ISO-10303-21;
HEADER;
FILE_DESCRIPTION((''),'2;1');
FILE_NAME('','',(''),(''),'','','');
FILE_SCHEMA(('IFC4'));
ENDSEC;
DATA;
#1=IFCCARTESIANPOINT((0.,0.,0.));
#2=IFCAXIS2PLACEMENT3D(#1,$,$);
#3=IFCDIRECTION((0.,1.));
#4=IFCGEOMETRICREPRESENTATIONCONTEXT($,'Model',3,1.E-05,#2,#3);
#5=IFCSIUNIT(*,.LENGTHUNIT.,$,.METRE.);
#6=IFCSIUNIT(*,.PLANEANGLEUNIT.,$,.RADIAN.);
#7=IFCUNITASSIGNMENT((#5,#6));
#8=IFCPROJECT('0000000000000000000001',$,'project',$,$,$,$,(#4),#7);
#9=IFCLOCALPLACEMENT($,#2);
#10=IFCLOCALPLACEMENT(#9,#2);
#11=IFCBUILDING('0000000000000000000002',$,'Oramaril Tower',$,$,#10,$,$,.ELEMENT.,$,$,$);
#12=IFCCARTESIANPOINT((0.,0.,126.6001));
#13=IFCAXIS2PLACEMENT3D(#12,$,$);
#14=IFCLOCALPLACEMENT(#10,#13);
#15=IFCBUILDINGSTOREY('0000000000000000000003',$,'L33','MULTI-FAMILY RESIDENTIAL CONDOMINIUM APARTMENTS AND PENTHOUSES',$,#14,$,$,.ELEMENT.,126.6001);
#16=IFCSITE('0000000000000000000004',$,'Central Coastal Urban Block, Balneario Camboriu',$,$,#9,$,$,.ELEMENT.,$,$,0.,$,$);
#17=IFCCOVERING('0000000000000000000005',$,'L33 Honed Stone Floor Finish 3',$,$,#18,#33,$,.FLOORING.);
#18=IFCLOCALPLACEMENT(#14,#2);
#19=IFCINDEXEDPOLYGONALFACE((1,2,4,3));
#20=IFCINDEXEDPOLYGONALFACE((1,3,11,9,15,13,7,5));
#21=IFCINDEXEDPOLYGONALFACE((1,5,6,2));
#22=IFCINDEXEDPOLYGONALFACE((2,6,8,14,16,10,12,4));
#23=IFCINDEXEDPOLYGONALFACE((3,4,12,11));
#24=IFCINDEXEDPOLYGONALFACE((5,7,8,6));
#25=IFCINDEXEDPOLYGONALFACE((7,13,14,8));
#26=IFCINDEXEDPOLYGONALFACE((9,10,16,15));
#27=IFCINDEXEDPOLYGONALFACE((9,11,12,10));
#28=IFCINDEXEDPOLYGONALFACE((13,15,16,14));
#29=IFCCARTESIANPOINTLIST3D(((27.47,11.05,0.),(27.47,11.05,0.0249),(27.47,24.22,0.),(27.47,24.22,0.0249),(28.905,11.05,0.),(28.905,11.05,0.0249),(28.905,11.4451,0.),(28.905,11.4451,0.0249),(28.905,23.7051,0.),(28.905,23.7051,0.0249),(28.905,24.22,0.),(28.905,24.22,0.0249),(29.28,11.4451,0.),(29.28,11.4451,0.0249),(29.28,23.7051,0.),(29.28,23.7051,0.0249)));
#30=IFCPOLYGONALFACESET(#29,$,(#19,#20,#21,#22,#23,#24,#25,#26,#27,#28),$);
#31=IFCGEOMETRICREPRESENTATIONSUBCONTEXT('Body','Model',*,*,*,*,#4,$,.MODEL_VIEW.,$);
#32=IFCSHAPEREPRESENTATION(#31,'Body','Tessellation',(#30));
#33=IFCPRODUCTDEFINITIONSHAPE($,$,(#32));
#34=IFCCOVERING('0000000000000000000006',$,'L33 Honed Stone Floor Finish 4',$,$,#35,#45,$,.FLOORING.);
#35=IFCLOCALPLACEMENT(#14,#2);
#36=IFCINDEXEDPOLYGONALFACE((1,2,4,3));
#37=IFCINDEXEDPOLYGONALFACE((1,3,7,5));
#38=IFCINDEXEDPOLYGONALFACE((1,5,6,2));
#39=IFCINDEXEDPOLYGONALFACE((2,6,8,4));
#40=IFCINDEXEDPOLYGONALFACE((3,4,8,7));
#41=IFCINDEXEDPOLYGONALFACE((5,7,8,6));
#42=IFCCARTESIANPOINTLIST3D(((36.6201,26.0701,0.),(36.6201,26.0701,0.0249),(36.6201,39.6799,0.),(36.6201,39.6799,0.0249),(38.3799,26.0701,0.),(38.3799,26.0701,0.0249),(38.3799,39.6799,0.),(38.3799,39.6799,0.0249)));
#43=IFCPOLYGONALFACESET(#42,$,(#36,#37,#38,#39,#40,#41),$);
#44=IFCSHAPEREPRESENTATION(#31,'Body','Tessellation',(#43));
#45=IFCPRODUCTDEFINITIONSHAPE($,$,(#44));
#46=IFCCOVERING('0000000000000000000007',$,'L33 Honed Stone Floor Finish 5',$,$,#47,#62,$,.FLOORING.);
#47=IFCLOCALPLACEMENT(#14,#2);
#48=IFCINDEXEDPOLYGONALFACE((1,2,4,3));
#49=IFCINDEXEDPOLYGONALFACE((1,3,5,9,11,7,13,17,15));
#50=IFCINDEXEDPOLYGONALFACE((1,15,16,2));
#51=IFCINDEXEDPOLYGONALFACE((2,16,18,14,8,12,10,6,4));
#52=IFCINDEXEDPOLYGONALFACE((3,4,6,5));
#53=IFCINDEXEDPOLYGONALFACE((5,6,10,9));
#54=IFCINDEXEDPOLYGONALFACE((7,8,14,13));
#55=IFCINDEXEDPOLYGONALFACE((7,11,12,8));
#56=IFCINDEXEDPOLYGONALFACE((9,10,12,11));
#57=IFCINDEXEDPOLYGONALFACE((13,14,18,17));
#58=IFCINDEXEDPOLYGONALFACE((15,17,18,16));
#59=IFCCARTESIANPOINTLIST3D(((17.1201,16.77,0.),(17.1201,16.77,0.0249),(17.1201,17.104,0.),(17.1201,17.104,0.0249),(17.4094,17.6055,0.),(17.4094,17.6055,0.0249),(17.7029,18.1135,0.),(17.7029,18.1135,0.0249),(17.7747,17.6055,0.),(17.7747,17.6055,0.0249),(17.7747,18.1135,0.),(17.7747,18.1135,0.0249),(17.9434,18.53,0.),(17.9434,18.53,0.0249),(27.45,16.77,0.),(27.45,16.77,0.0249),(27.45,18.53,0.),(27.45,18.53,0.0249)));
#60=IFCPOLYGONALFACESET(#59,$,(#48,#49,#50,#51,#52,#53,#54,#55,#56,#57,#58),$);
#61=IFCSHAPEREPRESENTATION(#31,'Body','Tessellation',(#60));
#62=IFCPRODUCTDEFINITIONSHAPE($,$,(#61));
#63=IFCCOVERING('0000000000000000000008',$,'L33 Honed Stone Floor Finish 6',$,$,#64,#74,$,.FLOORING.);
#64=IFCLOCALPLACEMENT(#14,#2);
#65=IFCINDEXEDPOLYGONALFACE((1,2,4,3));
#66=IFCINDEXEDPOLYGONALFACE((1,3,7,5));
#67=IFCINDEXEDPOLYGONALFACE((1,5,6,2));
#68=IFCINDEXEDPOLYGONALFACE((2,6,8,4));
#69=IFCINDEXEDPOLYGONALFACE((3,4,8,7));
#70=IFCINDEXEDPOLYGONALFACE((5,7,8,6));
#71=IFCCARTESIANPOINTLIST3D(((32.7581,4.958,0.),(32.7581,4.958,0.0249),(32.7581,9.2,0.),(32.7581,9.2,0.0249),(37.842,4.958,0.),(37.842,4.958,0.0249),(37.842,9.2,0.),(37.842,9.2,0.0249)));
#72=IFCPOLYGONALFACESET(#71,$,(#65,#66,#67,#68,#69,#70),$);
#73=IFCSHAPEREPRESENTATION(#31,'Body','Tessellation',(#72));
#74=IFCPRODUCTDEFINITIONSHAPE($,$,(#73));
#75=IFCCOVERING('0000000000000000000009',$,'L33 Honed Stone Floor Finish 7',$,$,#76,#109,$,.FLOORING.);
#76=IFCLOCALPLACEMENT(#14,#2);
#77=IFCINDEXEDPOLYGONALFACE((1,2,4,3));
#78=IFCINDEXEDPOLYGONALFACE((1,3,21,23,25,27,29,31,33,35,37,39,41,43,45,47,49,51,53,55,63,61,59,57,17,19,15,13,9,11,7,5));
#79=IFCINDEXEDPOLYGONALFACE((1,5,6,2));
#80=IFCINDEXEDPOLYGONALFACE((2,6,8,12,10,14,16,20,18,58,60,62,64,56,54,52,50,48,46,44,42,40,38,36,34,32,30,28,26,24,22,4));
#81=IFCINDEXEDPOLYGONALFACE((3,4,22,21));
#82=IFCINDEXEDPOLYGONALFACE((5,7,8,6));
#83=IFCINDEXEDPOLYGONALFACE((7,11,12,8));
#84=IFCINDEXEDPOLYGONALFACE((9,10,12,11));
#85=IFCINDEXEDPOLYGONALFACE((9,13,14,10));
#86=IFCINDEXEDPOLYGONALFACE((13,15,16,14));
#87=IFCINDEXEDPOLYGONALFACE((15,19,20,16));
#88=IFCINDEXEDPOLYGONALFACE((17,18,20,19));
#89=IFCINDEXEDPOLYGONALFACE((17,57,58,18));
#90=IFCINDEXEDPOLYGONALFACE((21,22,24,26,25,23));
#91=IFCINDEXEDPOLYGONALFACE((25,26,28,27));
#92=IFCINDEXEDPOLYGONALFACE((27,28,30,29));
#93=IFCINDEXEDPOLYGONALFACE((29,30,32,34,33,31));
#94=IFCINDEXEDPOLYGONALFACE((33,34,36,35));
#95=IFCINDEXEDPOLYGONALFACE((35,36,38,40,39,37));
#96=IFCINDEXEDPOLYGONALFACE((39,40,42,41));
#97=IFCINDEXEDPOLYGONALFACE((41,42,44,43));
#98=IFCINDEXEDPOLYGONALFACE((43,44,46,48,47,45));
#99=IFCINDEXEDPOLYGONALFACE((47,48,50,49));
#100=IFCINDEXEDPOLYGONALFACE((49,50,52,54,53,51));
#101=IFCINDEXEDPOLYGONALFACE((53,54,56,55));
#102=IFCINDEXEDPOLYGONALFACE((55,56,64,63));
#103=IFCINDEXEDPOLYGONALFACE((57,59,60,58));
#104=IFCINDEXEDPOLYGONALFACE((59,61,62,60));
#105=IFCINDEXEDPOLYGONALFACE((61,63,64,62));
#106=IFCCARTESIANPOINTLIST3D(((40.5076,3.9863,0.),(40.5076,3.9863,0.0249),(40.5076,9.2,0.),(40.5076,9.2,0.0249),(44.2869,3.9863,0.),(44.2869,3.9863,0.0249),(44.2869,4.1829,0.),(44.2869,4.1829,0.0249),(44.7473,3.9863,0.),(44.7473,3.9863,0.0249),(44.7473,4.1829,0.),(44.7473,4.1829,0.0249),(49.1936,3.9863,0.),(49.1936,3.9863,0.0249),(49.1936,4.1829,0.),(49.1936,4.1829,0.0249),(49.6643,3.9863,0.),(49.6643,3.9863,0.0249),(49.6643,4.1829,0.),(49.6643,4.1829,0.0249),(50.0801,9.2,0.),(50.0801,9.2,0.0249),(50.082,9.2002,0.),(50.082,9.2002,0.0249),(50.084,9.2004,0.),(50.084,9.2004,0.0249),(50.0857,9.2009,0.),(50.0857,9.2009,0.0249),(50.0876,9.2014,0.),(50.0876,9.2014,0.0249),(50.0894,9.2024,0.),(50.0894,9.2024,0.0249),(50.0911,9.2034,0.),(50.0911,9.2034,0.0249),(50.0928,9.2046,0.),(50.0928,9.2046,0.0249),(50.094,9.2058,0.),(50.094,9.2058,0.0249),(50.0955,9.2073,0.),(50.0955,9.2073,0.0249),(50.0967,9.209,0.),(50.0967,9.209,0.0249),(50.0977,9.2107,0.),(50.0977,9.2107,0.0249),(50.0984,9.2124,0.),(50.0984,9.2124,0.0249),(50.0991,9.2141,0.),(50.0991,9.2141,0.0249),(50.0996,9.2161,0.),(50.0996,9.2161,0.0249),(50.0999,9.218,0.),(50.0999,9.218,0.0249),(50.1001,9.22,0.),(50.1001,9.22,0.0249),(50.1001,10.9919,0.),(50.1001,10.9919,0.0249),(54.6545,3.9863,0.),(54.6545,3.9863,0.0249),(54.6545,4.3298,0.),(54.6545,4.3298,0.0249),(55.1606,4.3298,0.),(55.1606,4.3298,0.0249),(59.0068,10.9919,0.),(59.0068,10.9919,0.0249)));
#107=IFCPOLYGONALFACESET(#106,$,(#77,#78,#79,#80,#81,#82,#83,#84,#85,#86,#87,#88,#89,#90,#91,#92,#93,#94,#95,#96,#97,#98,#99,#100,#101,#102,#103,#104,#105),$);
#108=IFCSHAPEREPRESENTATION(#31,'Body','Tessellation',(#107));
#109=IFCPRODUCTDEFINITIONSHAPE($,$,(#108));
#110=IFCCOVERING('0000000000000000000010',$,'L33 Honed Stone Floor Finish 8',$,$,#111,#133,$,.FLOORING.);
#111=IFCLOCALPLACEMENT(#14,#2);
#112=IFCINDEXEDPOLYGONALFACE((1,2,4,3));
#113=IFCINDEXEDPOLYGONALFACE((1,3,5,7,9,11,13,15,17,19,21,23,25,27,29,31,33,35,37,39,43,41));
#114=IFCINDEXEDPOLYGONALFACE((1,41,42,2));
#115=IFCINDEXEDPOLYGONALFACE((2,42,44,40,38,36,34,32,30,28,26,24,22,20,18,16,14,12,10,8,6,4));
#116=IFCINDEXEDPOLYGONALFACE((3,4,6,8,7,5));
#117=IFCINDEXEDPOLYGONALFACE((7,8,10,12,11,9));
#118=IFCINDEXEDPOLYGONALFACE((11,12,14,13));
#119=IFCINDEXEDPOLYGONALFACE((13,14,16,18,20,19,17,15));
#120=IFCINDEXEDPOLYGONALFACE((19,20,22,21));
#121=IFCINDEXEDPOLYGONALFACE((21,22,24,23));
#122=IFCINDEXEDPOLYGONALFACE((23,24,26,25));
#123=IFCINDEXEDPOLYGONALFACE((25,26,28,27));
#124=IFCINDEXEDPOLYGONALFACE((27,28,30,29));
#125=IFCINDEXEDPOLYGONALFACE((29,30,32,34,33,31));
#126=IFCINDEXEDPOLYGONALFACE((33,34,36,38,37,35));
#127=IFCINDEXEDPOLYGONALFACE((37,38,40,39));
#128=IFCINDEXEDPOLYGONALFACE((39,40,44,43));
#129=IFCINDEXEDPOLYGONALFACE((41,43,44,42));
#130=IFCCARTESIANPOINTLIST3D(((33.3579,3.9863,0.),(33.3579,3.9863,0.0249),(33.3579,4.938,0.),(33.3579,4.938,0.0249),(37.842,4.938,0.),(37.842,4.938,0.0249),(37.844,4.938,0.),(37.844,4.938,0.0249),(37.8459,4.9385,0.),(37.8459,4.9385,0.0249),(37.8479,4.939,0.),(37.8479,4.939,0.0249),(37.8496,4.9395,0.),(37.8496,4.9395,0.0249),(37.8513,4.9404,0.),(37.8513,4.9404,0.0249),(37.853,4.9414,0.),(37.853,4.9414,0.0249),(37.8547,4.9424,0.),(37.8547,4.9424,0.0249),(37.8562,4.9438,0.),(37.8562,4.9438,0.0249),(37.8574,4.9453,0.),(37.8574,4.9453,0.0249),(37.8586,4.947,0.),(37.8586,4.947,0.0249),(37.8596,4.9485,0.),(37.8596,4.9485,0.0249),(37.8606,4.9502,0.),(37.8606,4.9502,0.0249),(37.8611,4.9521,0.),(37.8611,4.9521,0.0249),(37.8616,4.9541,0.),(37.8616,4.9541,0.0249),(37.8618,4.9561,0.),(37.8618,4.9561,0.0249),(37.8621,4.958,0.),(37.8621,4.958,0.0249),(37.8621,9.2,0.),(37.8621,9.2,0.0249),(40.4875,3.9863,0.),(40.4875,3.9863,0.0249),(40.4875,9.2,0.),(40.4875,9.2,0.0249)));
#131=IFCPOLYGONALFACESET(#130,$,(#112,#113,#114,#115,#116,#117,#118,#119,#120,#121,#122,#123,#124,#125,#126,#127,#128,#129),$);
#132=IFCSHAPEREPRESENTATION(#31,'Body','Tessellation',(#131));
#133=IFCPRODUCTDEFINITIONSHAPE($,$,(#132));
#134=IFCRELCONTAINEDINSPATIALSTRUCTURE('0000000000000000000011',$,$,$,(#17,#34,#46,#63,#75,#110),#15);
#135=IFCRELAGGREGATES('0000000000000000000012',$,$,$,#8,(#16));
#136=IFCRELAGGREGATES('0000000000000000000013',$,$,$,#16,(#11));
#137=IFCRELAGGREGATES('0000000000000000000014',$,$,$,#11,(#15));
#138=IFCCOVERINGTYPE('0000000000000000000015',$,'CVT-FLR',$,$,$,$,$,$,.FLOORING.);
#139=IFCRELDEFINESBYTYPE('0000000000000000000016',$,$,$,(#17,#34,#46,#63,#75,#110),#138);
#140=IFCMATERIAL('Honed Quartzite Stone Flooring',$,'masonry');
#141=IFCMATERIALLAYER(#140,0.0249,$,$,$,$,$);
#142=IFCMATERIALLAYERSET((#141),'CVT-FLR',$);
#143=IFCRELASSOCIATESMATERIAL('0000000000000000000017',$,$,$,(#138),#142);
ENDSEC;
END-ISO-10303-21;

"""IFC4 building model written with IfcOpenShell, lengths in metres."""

from ifc_helpers import new_model, si_unit, direction, frame, origin, place, context, subcontext, project, spatial, polyline, outline, extrude, material, layer, layer_set, type_object, element, save


model = new_model("IFC4")

# Units and contexts
model_context = context("Model", 3, precision=1e-05, world=origin(), true_north=direction((0.0, 1.0)))
body_context = subcontext(model_context, "Body", "Model", "MODEL_VIEW")
ifc_project = project(units=[si_unit("LENGTHUNIT", "METRE"), si_unit("PLANEANGLEUNIT", "RADIAN")], contexts=[model_context])

# Site, building, storey
site_placement = place(None, origin())
site = spatial("IfcSite", under=ifc_project, at=site_placement, Name="Central Coastal Urban Block, Balneario Camboriu", CompositionType="ELEMENT", RefElevation=0.0)
building_placement = place(site_placement, origin())
building = spatial("IfcBuilding", under=site, at=building_placement, Name="Oramaril Tower", CompositionType="ELEMENT")
storey_placement = place(building_placement, frame((0.0, 0.0, 126.6001)))
storey = spatial("IfcBuildingStorey", under=building, at=storey_placement, Name="L33", Description="MULTI-FAMILY RESIDENTIAL CONDOMINIUM APARTMENTS AND PENTHOUSES", CompositionType="ELEMENT", Elevation=126.6001)

# Coverings
ifc_material_1 = material(Name="Honed Quartzite Stone Flooring", Category="masonry")
ifc_layer_1 = layer(ifc_material_1, 0.0249)
ifc_layer_set_1 = layer_set([ifc_layer_1], Name="CVT-FLR")
covering_type_1 = type_object("IfcCoveringType", Name="CVT-FLR", PredefinedType="FLOORING", material=ifc_layer_set_1)
covering_1_placement = place(storey_placement, origin())
element("IfcCovering", 1, at=covering_1_placement, inside=storey, type_object=covering_type_1, Name="L33 Honed Stone Floor Finish 3", PredefinedType="FLOORING", context=body_context, shape_type="SweptSolid", body=[
    extrude(outline(polyline([(28.905, 23.7051), (29.28, 23.7051), (29.28, 11.4451), (28.905, 11.4451), (28.905, 11.05), (27.47, 11.05), (27.47, 24.22), (28.905, 24.22), (28.905, 23.7051)])), origin(), (0.0, 0.0, 1.0), 0.0249),
])
covering_2_placement = place(storey_placement, origin())
element("IfcCovering", 2, at=covering_2_placement, inside=storey, type_object=covering_type_1, Name="L33 Honed Stone Floor Finish 4", PredefinedType="FLOORING", context=body_context, shape_type="SweptSolid", body=[
    extrude(outline(polyline([(38.3799, 26.0701), (36.6201, 26.0701), (36.6201, 39.6799), (38.3799, 39.6799), (38.3799, 26.0701)])), origin(), (0.0, 0.0, 1.0), 0.0249),
])
covering_3_placement = place(storey_placement, origin())
element("IfcCovering", 3, at=covering_3_placement, inside=storey, type_object=covering_type_1, Name="L33 Honed Stone Floor Finish 5", PredefinedType="FLOORING", context=body_context, shape_type="SweptSolid", body=[
    extrude(outline(polyline([(17.1201, 16.77), (17.1201, 17.104), (17.4094, 17.6055), (17.7747, 17.6055), (17.7747, 18.1135), (17.7029, 18.1135), (17.9434, 18.53), (27.45, 18.53), (27.45, 16.77), (17.1201, 16.77)])), origin(), (0.0, 0.0, 1.0), 0.0249),
])
covering_4_placement = place(storey_placement, origin())
element("IfcCovering", 4, at=covering_4_placement, inside=storey, type_object=covering_type_1, Name="L33 Honed Stone Floor Finish 6", PredefinedType="FLOORING", context=body_context, shape_type="SweptSolid", body=[
    extrude(outline(polyline([(32.7581, 4.958), (32.7581, 9.2), (37.842, 9.2), (37.842, 4.958), (32.7581, 4.958)])), origin(), (0.0, 0.0, 1.0), 0.0249),
])
covering_5_placement = place(storey_placement, origin())
element("IfcCovering", 5, at=covering_5_placement, inside=storey, type_object=covering_type_1, Name="L33 Honed Stone Floor Finish 7", PredefinedType="FLOORING", context=body_context, shape_type="SweptSolid", body=[
    extrude(outline(polyline([(55.1606, 4.3298), (54.6545, 4.3298), (54.6545, 3.9863), (49.6643, 3.9863), (49.6643, 4.1829), (49.1936, 4.1829), (49.1936, 3.9863), (44.7473, 3.9863), (44.7473, 4.1829), (44.2869, 4.1829), (44.2869, 3.9863), (40.5076, 3.9863), (40.5076, 9.2), (50.0801, 9.2), (50.082, 9.2002), (50.084, 9.2004), (50.0857, 9.2009), (50.0876, 9.2014), (50.0894, 9.2024), (50.0911, 9.2034), (50.0928, 9.2046), (50.094, 9.2058), (50.0955, 9.2073), (50.0967, 9.209), (50.0977, 9.2107), (50.0984, 9.2124), (50.0991, 9.2141), (50.0996, 9.2161), (50.0999, 9.218), (50.1001, 9.22), (50.1001, 10.9919), (59.0068, 10.9919), (55.1606, 4.3298)])), origin(), (0.0, 0.0, 1.0), 0.0249),
])
covering_6_placement = place(storey_placement, origin())
element("IfcCovering", 6, at=covering_6_placement, inside=storey, type_object=covering_type_1, Name="L33 Honed Stone Floor Finish 8", PredefinedType="FLOORING", context=body_context, shape_type="SweptSolid", body=[
    extrude(outline(polyline([(33.3579, 3.9863), (33.3579, 4.938), (37.842, 4.938), (37.844, 4.938), (37.8459, 4.9385), (37.8479, 4.939), (37.8496, 4.9395), (37.8513, 4.9404), (37.853, 4.9414), (37.8547, 4.9424), (37.8562, 4.9438), (37.8574, 4.9453), (37.8586, 4.947), (37.8596, 4.9485), (37.8606, 4.9502), (37.8611, 4.9521), (37.8616, 4.9541), (37.8618, 4.9561), (37.8621, 4.958), (37.8621, 9.2), (40.4875, 9.2), (40.4875, 3.9863), (33.3579, 3.9863)])), origin(), (0.0, 0.0, 1.0), 0.0249),
])

save(model, "model.ifc")
